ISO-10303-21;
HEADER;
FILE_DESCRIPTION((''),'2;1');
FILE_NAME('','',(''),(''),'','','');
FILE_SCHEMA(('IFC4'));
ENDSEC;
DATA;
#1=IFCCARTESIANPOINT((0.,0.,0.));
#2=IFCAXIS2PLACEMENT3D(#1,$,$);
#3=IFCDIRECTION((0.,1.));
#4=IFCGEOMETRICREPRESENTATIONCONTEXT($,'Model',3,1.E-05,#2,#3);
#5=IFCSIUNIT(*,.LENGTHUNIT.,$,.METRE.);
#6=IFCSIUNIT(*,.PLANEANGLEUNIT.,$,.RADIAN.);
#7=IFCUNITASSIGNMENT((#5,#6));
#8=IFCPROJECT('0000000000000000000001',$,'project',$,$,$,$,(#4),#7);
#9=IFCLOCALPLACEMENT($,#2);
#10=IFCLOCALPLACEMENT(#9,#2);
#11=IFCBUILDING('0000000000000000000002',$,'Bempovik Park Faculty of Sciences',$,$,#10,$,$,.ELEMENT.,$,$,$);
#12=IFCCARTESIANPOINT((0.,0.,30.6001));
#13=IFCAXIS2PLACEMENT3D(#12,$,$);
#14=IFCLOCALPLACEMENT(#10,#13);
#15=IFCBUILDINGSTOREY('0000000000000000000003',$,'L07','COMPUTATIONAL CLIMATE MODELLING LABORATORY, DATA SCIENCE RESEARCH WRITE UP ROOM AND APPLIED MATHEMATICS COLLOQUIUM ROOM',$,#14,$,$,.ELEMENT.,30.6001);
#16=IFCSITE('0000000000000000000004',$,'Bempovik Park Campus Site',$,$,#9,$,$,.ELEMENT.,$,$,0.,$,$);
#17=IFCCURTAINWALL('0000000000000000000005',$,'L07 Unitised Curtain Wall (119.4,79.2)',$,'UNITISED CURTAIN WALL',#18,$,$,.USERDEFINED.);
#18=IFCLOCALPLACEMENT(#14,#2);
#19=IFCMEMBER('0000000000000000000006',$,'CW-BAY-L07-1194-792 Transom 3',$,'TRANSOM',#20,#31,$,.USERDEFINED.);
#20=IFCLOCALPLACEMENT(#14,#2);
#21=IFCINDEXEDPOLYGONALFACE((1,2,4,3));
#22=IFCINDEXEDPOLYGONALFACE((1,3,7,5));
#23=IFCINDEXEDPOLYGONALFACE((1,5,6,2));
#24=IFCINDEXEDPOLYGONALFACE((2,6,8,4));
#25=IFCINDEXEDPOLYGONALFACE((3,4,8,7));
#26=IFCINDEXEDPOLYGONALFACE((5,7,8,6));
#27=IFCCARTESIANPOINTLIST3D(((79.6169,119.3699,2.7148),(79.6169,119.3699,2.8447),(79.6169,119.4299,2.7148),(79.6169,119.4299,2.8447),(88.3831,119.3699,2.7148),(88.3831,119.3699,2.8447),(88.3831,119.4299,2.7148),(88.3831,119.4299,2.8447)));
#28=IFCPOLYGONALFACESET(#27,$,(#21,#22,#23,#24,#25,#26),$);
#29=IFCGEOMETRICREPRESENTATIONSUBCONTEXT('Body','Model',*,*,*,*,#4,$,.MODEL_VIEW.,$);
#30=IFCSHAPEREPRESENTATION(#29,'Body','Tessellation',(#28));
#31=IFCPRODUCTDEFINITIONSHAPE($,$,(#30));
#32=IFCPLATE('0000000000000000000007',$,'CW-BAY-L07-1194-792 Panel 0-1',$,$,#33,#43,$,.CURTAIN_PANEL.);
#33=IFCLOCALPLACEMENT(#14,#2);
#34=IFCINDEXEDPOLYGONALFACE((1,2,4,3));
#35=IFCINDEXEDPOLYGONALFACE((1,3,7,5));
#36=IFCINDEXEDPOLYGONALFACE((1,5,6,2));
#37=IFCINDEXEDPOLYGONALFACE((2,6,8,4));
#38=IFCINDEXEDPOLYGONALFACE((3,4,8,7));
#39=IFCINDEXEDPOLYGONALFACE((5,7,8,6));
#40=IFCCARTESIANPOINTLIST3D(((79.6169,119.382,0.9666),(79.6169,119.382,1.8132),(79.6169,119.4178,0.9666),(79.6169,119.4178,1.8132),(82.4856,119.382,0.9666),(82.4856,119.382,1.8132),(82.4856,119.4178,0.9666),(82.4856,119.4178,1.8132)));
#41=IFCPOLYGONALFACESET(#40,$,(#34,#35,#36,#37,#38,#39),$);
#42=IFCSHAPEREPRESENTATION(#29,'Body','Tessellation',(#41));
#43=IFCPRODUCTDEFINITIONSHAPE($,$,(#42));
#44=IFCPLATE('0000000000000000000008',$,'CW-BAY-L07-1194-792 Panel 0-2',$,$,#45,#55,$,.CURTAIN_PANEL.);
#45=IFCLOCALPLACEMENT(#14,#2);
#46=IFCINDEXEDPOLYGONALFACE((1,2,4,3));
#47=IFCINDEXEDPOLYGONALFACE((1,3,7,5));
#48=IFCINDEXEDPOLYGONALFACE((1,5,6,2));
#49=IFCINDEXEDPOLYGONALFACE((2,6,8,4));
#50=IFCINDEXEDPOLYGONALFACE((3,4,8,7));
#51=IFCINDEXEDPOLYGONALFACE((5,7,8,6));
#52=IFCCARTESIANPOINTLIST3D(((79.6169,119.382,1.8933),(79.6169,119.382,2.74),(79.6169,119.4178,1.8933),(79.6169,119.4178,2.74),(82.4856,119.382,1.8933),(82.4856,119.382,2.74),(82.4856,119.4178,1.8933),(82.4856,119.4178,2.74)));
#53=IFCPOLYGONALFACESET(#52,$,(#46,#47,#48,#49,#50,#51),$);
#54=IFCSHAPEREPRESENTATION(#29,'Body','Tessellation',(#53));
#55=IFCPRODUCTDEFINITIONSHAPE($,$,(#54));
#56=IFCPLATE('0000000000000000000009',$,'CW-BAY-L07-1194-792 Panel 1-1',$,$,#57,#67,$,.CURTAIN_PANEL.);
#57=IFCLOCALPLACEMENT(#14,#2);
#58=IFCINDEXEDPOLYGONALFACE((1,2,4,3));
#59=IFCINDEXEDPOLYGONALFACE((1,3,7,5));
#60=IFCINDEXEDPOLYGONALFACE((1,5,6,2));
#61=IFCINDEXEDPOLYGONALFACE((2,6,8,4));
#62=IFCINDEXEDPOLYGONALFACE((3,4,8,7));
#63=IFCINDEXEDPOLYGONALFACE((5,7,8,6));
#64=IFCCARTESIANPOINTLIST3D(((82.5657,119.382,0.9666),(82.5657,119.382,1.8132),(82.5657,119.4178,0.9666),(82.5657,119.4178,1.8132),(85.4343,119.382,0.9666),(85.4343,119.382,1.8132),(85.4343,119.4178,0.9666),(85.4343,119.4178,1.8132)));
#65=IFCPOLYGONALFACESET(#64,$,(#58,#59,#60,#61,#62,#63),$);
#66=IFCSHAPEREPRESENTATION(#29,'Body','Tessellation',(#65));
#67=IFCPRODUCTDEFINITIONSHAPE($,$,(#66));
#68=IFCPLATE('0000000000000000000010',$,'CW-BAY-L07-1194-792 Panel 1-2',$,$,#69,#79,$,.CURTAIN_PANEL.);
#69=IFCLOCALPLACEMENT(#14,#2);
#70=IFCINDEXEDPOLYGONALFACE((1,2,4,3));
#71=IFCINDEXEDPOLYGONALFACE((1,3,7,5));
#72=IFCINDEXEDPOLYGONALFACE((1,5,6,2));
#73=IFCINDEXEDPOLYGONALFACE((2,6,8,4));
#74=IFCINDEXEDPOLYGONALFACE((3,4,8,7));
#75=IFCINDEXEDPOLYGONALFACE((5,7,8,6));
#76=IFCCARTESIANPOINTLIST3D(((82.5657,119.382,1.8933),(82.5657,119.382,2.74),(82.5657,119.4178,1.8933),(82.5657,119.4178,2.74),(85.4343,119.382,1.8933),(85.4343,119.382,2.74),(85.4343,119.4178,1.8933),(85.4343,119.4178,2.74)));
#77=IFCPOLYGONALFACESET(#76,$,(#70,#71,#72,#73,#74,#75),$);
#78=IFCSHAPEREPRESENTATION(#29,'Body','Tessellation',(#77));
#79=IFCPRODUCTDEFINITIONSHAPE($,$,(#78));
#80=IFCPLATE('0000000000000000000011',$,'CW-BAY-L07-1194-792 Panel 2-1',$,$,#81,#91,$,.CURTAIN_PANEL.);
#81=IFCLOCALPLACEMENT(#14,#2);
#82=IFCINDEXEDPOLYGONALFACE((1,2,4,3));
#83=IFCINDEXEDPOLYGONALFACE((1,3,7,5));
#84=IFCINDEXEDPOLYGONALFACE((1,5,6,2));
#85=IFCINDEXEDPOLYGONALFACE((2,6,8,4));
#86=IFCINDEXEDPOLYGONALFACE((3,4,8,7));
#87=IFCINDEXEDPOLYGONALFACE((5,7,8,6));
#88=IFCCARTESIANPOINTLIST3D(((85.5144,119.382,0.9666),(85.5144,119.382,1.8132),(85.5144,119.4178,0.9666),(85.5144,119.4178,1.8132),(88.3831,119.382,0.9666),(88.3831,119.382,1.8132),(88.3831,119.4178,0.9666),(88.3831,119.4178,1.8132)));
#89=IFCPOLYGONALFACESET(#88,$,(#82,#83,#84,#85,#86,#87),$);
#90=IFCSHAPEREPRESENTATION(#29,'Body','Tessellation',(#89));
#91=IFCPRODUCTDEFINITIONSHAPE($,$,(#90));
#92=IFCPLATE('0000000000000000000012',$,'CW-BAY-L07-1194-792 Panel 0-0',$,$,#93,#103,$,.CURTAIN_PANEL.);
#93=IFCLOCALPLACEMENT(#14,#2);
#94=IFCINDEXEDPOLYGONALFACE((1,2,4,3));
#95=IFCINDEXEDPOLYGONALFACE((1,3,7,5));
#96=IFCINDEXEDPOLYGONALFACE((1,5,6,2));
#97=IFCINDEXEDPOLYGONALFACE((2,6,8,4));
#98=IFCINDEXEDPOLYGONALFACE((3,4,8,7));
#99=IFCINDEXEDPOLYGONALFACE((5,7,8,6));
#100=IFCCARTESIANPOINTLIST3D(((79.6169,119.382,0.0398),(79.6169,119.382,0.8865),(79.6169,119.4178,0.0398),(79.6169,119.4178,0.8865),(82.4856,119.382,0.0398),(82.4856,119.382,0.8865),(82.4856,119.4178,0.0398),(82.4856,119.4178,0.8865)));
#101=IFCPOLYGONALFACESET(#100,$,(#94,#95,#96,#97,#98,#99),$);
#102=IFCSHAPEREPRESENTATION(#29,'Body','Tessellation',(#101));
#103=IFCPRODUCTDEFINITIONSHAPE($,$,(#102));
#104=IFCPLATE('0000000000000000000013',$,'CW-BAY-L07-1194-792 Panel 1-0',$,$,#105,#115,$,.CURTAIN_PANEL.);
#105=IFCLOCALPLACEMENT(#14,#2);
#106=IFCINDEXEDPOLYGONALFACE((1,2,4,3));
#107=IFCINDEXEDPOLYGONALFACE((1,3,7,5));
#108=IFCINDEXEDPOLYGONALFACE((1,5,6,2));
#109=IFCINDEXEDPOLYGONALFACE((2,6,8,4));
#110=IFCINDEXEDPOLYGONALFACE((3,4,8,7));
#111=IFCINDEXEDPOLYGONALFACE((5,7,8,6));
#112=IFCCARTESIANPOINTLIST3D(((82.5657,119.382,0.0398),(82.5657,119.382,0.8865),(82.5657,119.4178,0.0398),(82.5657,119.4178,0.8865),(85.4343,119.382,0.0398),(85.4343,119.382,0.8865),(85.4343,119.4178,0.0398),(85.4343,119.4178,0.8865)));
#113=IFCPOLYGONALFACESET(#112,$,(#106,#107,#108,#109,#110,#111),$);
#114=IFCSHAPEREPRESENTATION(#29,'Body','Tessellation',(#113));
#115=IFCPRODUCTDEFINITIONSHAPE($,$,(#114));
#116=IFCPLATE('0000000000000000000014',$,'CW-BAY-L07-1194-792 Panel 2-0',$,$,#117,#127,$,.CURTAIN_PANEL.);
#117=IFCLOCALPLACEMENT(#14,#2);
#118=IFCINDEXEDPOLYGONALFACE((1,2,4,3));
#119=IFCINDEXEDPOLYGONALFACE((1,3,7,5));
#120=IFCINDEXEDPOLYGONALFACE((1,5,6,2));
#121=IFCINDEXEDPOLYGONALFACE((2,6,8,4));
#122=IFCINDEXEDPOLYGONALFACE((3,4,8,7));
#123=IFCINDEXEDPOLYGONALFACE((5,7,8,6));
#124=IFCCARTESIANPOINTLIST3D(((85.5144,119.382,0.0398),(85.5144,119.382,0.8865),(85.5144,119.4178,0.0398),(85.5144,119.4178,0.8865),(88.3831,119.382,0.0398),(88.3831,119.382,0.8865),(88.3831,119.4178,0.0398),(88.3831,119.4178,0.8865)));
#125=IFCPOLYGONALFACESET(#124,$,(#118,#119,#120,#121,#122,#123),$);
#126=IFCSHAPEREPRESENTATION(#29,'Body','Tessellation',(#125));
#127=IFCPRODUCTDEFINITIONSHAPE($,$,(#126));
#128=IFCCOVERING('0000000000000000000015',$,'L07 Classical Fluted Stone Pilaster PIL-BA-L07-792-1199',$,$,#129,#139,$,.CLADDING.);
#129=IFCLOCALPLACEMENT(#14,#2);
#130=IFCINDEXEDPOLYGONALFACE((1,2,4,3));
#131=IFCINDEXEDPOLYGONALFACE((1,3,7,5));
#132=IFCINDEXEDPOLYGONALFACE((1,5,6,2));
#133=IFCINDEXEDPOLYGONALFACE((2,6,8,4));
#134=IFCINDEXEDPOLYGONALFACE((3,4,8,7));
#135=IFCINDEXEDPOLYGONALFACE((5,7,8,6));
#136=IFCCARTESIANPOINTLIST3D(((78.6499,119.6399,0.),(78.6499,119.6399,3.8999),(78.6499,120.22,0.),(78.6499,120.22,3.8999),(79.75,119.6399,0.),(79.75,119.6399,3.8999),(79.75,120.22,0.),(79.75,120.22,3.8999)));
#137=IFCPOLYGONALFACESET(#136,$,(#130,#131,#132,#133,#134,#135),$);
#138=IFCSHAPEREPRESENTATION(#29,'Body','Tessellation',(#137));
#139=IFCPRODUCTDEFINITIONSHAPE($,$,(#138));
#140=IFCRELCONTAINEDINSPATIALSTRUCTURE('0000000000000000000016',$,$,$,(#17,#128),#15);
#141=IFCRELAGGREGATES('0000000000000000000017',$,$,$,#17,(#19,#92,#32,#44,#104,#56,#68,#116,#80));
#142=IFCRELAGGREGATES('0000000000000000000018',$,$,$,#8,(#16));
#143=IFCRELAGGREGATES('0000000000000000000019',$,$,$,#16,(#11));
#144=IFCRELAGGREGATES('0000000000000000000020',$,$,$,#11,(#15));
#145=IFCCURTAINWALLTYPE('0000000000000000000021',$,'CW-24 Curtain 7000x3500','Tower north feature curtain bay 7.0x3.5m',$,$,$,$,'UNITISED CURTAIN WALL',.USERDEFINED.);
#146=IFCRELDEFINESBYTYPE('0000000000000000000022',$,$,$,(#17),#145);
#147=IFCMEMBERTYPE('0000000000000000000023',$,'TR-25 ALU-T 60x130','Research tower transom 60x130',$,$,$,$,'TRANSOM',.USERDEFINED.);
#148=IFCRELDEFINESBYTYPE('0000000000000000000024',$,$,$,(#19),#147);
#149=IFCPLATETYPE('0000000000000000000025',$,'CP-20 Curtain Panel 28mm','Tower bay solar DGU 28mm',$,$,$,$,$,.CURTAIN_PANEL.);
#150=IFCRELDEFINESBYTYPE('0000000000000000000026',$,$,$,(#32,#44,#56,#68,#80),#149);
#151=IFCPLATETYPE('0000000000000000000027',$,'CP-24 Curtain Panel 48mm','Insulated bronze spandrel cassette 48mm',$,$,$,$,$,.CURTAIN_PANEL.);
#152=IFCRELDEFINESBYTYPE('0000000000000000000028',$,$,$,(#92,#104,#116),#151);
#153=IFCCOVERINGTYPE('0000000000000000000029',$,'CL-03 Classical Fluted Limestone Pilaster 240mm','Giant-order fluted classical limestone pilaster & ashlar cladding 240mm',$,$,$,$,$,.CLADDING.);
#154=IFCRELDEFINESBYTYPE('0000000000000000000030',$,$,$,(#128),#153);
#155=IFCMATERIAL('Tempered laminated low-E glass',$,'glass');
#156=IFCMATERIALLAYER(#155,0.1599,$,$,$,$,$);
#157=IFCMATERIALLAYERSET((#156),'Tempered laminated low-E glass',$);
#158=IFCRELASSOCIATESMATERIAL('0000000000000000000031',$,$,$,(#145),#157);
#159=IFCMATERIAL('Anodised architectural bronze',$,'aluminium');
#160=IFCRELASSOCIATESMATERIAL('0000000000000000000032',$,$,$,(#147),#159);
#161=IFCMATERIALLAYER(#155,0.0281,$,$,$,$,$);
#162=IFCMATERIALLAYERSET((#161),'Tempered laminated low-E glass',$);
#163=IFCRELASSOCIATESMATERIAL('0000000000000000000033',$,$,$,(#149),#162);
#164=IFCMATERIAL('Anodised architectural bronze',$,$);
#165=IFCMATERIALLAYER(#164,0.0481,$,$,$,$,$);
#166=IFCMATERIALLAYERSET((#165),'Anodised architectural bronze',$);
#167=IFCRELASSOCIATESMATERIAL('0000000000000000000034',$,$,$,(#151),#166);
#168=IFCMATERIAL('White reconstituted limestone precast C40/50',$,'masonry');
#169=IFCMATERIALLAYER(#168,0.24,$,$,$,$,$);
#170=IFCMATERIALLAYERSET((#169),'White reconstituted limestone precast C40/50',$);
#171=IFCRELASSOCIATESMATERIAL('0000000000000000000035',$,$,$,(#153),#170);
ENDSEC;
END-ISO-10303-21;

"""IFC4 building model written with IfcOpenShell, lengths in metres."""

from ifc_helpers import new_model, si_unit, direction, frame, origin, origin_2d, place, context, subcontext, project, spatial, rectangle, extrude, material, layer, layer_set, material_profile, profile_set, type_object, element, aggregate, save


model = new_model("IFC4")

# Units and contexts
model_context = context("Model", 3, precision=1e-05, world=origin(), true_north=direction((0.0, 1.0)))
body_context = subcontext(model_context, "Body", "Model", "MODEL_VIEW")
ifc_project = project(units=[si_unit("LENGTHUNIT", "METRE"), si_unit("PLANEANGLEUNIT", "RADIAN")], contexts=[model_context])

# Site, building, storey
site_placement = place(None, origin())
site = spatial("IfcSite", under=ifc_project, at=site_placement, Name="Bempovik Park Campus Site", CompositionType="ELEMENT", RefElevation=0.0)
building_placement = place(site_placement, origin())
building = spatial("IfcBuilding", under=site, at=building_placement, Name="Bempovik Park Faculty of Sciences", CompositionType="ELEMENT")
storey_placement = place(building_placement, frame((0.0, 0.0, 30.6001)))
storey = spatial("IfcBuildingStorey", under=building, at=storey_placement, Name="L07", Description="COMPUTATIONAL CLIMATE MODELLING LABORATORY, DATA SCIENCE RESEARCH WRITE UP ROOM AND APPLIED MATHEMATICS COLLOQUIUM ROOM", CompositionType="ELEMENT", Elevation=30.6001)

# Curtain wall, member, plates
ifc_material_1 = material(Name="Tempered laminated low-E glass", Category="glass")
ifc_layer_1 = layer(ifc_material_1, 0.1599)
ifc_layer_set_1 = layer_set([ifc_layer_1], Name="Tempered laminated low-E glass")
curtain_wall_type = type_object("IfcCurtainWallType", Name="CW-24 Curtain 7000x3500", Description="Tower north feature curtain bay 7.0x3.5m", ElementType="UNITISED CURTAIN WALL", PredefinedType="USERDEFINED", material=ifc_layer_set_1)
curtain_wall_placement = place(storey_placement, origin())
curtain_wall = element("IfcCurtainWall", 1, at=curtain_wall_placement, inside=storey, type_object=curtain_wall_type, Name="L07 Unitised Curtain Wall (119.4,79.2)", ObjectType="UNITISED CURTAIN WALL", PredefinedType="USERDEFINED")
ifc_material_2 = material(Name="Anodised architectural bronze", Category="aluminium")
ifc_material_profile_1 = material_profile(ifc_material_2, rectangle(XDim=0.0601, YDim=0.1299, at=origin_2d()), Name="ALU-T 60x130")
ifc_profile_set_1 = profile_set([ifc_material_profile_1], Name="Anodised architectural bronze")
member_type_1 = type_object("IfcMemberType", Name="TR-25 ALU-T 60x130", Description="Research tower transom 60x130", ElementType="TRANSOM", PredefinedType="USERDEFINED", material=ifc_profile_set_1)
member_1_placement = place(storey_placement, frame((79.6169, 119.3999, 2.7798), z_axis=(1.0, 0.0, 0.0), x_axis=(0.0, 1.0, 0.0)))
member_1 = element("IfcMember", 2, at=member_1_placement, type_object=member_type_1, Name="CW-BAY-L07-1194-792 Transom 3", ObjectType="TRANSOM", PredefinedType="USERDEFINED", context=body_context, shape_type="SweptSolid", body=[
    extrude(rectangle(XDim=0.0601, YDim=0.1299, at=origin_2d()), origin(), (0.0, 0.0, 1.0), 8.7661),
])
ifc_layer_2 = layer(ifc_material_1, 0.0281)
ifc_layer_set_2 = layer_set([ifc_layer_2], Name="Tempered laminated low-E glass")
plate_type_1 = type_object("IfcPlateType", Name="CP-20 Curtain Panel 28mm", Description="Tower bay solar DGU 28mm", PredefinedType="CURTAIN_PANEL", material=ifc_layer_set_2)
plate_1_placement = place(storey_placement, frame((81.0513, 119.3999, 0.9666), z_axis=(0.0, 0.0, 1.0), x_axis=(1.0, 0.0, 0.0)))
plate_1 = element("IfcPlate", 3, at=plate_1_placement, type_object=plate_type_1, Name="CW-BAY-L07-1194-792 Panel 0-1", PredefinedType="CURTAIN_PANEL", context=body_context, shape_type="SweptSolid", body=[
    extrude(rectangle(XDim=2.8687, YDim=0.0359, at=origin_2d()), origin(), (0.0, 0.0, 1.0), 0.8467),
])
plate_2_placement = place(storey_placement, frame((81.0513, 119.3999, 1.8933), z_axis=(0.0, 0.0, 1.0), x_axis=(1.0, 0.0, 0.0)))
plate_2 = element("IfcPlate", 4, at=plate_2_placement, type_object=plate_type_1, Name="CW-BAY-L07-1194-792 Panel 0-2", PredefinedType="CURTAIN_PANEL", context=body_context, shape_type="SweptSolid", body=[
    extrude(rectangle(XDim=2.8687, YDim=0.0359, at=origin_2d()), origin(), (0.0, 0.0, 1.0), 0.8467),
])
plate_3_placement = place(storey_placement, frame((84.0, 119.3999, 0.9666), z_axis=(0.0, 0.0, 1.0), x_axis=(1.0, 0.0, 0.0)))
plate_3 = element("IfcPlate", 5, at=plate_3_placement, type_object=plate_type_1, Name="CW-BAY-L07-1194-792 Panel 1-1", PredefinedType="CURTAIN_PANEL", context=body_context, shape_type="SweptSolid", body=[
    extrude(rectangle(XDim=2.8687, YDim=0.0359, at=origin_2d()), origin(), (0.0, 0.0, 1.0), 0.8467),
])
plate_4_placement = place(storey_placement, frame((84.0, 119.3999, 1.8933), z_axis=(0.0, 0.0, 1.0), x_axis=(1.0, 0.0, 0.0)))
plate_4 = element("IfcPlate", 6, at=plate_4_placement, type_object=plate_type_1, Name="CW-BAY-L07-1194-792 Panel 1-2", PredefinedType="CURTAIN_PANEL", context=body_context, shape_type="SweptSolid", body=[
    extrude(rectangle(XDim=2.8687, YDim=0.0359, at=origin_2d()), origin(), (0.0, 0.0, 1.0), 0.8467),
])
plate_5_placement = place(storey_placement, frame((86.9487, 119.3999, 0.9666), z_axis=(0.0, 0.0, 1.0), x_axis=(1.0, 0.0, 0.0)))
plate_5 = element("IfcPlate", 7, at=plate_5_placement, type_object=plate_type_1, Name="CW-BAY-L07-1194-792 Panel 2-1", PredefinedType="CURTAIN_PANEL", context=body_context, shape_type="SweptSolid", body=[
    extrude(rectangle(XDim=2.8687, YDim=0.0359, at=origin_2d()), origin(), (0.0, 0.0, 1.0), 0.8467),
])
ifc_material_3 = material(Name="Anodised architectural bronze")
ifc_layer_3 = layer(ifc_material_3, 0.0481)
ifc_layer_set_3 = layer_set([ifc_layer_3], Name="Anodised architectural bronze")
plate_type_2 = type_object("IfcPlateType", Name="CP-24 Curtain Panel 48mm", Description="Insulated bronze spandrel cassette 48mm", PredefinedType="CURTAIN_PANEL", material=ifc_layer_set_3)
plate_6_placement = place(storey_placement, frame((81.0513, 119.3999, 0.0398), z_axis=(0.0, 0.0, 1.0), x_axis=(1.0, 0.0, 0.0)))
plate_6 = element("IfcPlate", 8, at=plate_6_placement, type_object=plate_type_2, Name="CW-BAY-L07-1194-792 Panel 0-0", PredefinedType="CURTAIN_PANEL", context=body_context, shape_type="SweptSolid", body=[
    extrude(rectangle(XDim=2.8687, YDim=0.0359, at=origin_2d()), origin(), (0.0, 0.0, 1.0), 0.8467),
])
plate_7_placement = place(storey_placement, frame((84.0, 119.3999, 0.0398), z_axis=(0.0, 0.0, 1.0), x_axis=(1.0, 0.0, 0.0)))
plate_7 = element("IfcPlate", 9, at=plate_7_placement, type_object=plate_type_2, Name="CW-BAY-L07-1194-792 Panel 1-0", PredefinedType="CURTAIN_PANEL", context=body_context, shape_type="SweptSolid", body=[
    extrude(rectangle(XDim=2.8687, YDim=0.0359, at=origin_2d()), origin(), (0.0, 0.0, 1.0), 0.8467),
])
plate_8_placement = place(storey_placement, frame((86.9487, 119.3999, 0.0398), z_axis=(0.0, 0.0, 1.0), x_axis=(1.0, 0.0, 0.0)))
plate_8 = element("IfcPlate", 10, at=plate_8_placement, type_object=plate_type_2, Name="CW-BAY-L07-1194-792 Panel 2-0", PredefinedType="CURTAIN_PANEL", context=body_context, shape_type="SweptSolid", body=[
    extrude(rectangle(XDim=2.8687, YDim=0.0359, at=origin_2d()), origin(), (0.0, 0.0, 1.0), 0.8467),
])
aggregate(curtain_wall, [member_1, plate_6, plate_1, plate_2, plate_7, plate_3, plate_4, plate_8, plate_5])

# Covering
ifc_material_4 = material(Name="White reconstituted limestone precast C40/50", Category="masonry")
ifc_layer_4 = layer(ifc_material_4, 0.24)
ifc_layer_set_4 = layer_set([ifc_layer_4], Name="White reconstituted limestone precast C40/50")
covering_type = type_object("IfcCoveringType", Name="CL-03 Classical Fluted Limestone Pilaster 240mm", Description="Giant-order fluted classical limestone pilaster & ashlar cladding 240mm", PredefinedType="CLADDING", material=ifc_layer_set_4)
covering_placement = place(storey_placement, frame((79.2, 119.9299, 0.0), z_axis=(0.0, 0.0, 1.0), x_axis=(1.0, 0.0, 0.0)))
element("IfcCovering", 11, at=covering_placement, inside=storey, type_object=covering_type, Name="L07 Classical Fluted Stone Pilaster PIL-BA-L07-792-1199", PredefinedType="CLADDING", context=body_context, shape_type="SweptSolid", body=[
    extrude(rectangle(XDim=1.1001, YDim=0.5801, at=origin_2d()), origin(), (0.0, 0.0, 1.0), 3.8999),
])

save(model, "model.ifc")
